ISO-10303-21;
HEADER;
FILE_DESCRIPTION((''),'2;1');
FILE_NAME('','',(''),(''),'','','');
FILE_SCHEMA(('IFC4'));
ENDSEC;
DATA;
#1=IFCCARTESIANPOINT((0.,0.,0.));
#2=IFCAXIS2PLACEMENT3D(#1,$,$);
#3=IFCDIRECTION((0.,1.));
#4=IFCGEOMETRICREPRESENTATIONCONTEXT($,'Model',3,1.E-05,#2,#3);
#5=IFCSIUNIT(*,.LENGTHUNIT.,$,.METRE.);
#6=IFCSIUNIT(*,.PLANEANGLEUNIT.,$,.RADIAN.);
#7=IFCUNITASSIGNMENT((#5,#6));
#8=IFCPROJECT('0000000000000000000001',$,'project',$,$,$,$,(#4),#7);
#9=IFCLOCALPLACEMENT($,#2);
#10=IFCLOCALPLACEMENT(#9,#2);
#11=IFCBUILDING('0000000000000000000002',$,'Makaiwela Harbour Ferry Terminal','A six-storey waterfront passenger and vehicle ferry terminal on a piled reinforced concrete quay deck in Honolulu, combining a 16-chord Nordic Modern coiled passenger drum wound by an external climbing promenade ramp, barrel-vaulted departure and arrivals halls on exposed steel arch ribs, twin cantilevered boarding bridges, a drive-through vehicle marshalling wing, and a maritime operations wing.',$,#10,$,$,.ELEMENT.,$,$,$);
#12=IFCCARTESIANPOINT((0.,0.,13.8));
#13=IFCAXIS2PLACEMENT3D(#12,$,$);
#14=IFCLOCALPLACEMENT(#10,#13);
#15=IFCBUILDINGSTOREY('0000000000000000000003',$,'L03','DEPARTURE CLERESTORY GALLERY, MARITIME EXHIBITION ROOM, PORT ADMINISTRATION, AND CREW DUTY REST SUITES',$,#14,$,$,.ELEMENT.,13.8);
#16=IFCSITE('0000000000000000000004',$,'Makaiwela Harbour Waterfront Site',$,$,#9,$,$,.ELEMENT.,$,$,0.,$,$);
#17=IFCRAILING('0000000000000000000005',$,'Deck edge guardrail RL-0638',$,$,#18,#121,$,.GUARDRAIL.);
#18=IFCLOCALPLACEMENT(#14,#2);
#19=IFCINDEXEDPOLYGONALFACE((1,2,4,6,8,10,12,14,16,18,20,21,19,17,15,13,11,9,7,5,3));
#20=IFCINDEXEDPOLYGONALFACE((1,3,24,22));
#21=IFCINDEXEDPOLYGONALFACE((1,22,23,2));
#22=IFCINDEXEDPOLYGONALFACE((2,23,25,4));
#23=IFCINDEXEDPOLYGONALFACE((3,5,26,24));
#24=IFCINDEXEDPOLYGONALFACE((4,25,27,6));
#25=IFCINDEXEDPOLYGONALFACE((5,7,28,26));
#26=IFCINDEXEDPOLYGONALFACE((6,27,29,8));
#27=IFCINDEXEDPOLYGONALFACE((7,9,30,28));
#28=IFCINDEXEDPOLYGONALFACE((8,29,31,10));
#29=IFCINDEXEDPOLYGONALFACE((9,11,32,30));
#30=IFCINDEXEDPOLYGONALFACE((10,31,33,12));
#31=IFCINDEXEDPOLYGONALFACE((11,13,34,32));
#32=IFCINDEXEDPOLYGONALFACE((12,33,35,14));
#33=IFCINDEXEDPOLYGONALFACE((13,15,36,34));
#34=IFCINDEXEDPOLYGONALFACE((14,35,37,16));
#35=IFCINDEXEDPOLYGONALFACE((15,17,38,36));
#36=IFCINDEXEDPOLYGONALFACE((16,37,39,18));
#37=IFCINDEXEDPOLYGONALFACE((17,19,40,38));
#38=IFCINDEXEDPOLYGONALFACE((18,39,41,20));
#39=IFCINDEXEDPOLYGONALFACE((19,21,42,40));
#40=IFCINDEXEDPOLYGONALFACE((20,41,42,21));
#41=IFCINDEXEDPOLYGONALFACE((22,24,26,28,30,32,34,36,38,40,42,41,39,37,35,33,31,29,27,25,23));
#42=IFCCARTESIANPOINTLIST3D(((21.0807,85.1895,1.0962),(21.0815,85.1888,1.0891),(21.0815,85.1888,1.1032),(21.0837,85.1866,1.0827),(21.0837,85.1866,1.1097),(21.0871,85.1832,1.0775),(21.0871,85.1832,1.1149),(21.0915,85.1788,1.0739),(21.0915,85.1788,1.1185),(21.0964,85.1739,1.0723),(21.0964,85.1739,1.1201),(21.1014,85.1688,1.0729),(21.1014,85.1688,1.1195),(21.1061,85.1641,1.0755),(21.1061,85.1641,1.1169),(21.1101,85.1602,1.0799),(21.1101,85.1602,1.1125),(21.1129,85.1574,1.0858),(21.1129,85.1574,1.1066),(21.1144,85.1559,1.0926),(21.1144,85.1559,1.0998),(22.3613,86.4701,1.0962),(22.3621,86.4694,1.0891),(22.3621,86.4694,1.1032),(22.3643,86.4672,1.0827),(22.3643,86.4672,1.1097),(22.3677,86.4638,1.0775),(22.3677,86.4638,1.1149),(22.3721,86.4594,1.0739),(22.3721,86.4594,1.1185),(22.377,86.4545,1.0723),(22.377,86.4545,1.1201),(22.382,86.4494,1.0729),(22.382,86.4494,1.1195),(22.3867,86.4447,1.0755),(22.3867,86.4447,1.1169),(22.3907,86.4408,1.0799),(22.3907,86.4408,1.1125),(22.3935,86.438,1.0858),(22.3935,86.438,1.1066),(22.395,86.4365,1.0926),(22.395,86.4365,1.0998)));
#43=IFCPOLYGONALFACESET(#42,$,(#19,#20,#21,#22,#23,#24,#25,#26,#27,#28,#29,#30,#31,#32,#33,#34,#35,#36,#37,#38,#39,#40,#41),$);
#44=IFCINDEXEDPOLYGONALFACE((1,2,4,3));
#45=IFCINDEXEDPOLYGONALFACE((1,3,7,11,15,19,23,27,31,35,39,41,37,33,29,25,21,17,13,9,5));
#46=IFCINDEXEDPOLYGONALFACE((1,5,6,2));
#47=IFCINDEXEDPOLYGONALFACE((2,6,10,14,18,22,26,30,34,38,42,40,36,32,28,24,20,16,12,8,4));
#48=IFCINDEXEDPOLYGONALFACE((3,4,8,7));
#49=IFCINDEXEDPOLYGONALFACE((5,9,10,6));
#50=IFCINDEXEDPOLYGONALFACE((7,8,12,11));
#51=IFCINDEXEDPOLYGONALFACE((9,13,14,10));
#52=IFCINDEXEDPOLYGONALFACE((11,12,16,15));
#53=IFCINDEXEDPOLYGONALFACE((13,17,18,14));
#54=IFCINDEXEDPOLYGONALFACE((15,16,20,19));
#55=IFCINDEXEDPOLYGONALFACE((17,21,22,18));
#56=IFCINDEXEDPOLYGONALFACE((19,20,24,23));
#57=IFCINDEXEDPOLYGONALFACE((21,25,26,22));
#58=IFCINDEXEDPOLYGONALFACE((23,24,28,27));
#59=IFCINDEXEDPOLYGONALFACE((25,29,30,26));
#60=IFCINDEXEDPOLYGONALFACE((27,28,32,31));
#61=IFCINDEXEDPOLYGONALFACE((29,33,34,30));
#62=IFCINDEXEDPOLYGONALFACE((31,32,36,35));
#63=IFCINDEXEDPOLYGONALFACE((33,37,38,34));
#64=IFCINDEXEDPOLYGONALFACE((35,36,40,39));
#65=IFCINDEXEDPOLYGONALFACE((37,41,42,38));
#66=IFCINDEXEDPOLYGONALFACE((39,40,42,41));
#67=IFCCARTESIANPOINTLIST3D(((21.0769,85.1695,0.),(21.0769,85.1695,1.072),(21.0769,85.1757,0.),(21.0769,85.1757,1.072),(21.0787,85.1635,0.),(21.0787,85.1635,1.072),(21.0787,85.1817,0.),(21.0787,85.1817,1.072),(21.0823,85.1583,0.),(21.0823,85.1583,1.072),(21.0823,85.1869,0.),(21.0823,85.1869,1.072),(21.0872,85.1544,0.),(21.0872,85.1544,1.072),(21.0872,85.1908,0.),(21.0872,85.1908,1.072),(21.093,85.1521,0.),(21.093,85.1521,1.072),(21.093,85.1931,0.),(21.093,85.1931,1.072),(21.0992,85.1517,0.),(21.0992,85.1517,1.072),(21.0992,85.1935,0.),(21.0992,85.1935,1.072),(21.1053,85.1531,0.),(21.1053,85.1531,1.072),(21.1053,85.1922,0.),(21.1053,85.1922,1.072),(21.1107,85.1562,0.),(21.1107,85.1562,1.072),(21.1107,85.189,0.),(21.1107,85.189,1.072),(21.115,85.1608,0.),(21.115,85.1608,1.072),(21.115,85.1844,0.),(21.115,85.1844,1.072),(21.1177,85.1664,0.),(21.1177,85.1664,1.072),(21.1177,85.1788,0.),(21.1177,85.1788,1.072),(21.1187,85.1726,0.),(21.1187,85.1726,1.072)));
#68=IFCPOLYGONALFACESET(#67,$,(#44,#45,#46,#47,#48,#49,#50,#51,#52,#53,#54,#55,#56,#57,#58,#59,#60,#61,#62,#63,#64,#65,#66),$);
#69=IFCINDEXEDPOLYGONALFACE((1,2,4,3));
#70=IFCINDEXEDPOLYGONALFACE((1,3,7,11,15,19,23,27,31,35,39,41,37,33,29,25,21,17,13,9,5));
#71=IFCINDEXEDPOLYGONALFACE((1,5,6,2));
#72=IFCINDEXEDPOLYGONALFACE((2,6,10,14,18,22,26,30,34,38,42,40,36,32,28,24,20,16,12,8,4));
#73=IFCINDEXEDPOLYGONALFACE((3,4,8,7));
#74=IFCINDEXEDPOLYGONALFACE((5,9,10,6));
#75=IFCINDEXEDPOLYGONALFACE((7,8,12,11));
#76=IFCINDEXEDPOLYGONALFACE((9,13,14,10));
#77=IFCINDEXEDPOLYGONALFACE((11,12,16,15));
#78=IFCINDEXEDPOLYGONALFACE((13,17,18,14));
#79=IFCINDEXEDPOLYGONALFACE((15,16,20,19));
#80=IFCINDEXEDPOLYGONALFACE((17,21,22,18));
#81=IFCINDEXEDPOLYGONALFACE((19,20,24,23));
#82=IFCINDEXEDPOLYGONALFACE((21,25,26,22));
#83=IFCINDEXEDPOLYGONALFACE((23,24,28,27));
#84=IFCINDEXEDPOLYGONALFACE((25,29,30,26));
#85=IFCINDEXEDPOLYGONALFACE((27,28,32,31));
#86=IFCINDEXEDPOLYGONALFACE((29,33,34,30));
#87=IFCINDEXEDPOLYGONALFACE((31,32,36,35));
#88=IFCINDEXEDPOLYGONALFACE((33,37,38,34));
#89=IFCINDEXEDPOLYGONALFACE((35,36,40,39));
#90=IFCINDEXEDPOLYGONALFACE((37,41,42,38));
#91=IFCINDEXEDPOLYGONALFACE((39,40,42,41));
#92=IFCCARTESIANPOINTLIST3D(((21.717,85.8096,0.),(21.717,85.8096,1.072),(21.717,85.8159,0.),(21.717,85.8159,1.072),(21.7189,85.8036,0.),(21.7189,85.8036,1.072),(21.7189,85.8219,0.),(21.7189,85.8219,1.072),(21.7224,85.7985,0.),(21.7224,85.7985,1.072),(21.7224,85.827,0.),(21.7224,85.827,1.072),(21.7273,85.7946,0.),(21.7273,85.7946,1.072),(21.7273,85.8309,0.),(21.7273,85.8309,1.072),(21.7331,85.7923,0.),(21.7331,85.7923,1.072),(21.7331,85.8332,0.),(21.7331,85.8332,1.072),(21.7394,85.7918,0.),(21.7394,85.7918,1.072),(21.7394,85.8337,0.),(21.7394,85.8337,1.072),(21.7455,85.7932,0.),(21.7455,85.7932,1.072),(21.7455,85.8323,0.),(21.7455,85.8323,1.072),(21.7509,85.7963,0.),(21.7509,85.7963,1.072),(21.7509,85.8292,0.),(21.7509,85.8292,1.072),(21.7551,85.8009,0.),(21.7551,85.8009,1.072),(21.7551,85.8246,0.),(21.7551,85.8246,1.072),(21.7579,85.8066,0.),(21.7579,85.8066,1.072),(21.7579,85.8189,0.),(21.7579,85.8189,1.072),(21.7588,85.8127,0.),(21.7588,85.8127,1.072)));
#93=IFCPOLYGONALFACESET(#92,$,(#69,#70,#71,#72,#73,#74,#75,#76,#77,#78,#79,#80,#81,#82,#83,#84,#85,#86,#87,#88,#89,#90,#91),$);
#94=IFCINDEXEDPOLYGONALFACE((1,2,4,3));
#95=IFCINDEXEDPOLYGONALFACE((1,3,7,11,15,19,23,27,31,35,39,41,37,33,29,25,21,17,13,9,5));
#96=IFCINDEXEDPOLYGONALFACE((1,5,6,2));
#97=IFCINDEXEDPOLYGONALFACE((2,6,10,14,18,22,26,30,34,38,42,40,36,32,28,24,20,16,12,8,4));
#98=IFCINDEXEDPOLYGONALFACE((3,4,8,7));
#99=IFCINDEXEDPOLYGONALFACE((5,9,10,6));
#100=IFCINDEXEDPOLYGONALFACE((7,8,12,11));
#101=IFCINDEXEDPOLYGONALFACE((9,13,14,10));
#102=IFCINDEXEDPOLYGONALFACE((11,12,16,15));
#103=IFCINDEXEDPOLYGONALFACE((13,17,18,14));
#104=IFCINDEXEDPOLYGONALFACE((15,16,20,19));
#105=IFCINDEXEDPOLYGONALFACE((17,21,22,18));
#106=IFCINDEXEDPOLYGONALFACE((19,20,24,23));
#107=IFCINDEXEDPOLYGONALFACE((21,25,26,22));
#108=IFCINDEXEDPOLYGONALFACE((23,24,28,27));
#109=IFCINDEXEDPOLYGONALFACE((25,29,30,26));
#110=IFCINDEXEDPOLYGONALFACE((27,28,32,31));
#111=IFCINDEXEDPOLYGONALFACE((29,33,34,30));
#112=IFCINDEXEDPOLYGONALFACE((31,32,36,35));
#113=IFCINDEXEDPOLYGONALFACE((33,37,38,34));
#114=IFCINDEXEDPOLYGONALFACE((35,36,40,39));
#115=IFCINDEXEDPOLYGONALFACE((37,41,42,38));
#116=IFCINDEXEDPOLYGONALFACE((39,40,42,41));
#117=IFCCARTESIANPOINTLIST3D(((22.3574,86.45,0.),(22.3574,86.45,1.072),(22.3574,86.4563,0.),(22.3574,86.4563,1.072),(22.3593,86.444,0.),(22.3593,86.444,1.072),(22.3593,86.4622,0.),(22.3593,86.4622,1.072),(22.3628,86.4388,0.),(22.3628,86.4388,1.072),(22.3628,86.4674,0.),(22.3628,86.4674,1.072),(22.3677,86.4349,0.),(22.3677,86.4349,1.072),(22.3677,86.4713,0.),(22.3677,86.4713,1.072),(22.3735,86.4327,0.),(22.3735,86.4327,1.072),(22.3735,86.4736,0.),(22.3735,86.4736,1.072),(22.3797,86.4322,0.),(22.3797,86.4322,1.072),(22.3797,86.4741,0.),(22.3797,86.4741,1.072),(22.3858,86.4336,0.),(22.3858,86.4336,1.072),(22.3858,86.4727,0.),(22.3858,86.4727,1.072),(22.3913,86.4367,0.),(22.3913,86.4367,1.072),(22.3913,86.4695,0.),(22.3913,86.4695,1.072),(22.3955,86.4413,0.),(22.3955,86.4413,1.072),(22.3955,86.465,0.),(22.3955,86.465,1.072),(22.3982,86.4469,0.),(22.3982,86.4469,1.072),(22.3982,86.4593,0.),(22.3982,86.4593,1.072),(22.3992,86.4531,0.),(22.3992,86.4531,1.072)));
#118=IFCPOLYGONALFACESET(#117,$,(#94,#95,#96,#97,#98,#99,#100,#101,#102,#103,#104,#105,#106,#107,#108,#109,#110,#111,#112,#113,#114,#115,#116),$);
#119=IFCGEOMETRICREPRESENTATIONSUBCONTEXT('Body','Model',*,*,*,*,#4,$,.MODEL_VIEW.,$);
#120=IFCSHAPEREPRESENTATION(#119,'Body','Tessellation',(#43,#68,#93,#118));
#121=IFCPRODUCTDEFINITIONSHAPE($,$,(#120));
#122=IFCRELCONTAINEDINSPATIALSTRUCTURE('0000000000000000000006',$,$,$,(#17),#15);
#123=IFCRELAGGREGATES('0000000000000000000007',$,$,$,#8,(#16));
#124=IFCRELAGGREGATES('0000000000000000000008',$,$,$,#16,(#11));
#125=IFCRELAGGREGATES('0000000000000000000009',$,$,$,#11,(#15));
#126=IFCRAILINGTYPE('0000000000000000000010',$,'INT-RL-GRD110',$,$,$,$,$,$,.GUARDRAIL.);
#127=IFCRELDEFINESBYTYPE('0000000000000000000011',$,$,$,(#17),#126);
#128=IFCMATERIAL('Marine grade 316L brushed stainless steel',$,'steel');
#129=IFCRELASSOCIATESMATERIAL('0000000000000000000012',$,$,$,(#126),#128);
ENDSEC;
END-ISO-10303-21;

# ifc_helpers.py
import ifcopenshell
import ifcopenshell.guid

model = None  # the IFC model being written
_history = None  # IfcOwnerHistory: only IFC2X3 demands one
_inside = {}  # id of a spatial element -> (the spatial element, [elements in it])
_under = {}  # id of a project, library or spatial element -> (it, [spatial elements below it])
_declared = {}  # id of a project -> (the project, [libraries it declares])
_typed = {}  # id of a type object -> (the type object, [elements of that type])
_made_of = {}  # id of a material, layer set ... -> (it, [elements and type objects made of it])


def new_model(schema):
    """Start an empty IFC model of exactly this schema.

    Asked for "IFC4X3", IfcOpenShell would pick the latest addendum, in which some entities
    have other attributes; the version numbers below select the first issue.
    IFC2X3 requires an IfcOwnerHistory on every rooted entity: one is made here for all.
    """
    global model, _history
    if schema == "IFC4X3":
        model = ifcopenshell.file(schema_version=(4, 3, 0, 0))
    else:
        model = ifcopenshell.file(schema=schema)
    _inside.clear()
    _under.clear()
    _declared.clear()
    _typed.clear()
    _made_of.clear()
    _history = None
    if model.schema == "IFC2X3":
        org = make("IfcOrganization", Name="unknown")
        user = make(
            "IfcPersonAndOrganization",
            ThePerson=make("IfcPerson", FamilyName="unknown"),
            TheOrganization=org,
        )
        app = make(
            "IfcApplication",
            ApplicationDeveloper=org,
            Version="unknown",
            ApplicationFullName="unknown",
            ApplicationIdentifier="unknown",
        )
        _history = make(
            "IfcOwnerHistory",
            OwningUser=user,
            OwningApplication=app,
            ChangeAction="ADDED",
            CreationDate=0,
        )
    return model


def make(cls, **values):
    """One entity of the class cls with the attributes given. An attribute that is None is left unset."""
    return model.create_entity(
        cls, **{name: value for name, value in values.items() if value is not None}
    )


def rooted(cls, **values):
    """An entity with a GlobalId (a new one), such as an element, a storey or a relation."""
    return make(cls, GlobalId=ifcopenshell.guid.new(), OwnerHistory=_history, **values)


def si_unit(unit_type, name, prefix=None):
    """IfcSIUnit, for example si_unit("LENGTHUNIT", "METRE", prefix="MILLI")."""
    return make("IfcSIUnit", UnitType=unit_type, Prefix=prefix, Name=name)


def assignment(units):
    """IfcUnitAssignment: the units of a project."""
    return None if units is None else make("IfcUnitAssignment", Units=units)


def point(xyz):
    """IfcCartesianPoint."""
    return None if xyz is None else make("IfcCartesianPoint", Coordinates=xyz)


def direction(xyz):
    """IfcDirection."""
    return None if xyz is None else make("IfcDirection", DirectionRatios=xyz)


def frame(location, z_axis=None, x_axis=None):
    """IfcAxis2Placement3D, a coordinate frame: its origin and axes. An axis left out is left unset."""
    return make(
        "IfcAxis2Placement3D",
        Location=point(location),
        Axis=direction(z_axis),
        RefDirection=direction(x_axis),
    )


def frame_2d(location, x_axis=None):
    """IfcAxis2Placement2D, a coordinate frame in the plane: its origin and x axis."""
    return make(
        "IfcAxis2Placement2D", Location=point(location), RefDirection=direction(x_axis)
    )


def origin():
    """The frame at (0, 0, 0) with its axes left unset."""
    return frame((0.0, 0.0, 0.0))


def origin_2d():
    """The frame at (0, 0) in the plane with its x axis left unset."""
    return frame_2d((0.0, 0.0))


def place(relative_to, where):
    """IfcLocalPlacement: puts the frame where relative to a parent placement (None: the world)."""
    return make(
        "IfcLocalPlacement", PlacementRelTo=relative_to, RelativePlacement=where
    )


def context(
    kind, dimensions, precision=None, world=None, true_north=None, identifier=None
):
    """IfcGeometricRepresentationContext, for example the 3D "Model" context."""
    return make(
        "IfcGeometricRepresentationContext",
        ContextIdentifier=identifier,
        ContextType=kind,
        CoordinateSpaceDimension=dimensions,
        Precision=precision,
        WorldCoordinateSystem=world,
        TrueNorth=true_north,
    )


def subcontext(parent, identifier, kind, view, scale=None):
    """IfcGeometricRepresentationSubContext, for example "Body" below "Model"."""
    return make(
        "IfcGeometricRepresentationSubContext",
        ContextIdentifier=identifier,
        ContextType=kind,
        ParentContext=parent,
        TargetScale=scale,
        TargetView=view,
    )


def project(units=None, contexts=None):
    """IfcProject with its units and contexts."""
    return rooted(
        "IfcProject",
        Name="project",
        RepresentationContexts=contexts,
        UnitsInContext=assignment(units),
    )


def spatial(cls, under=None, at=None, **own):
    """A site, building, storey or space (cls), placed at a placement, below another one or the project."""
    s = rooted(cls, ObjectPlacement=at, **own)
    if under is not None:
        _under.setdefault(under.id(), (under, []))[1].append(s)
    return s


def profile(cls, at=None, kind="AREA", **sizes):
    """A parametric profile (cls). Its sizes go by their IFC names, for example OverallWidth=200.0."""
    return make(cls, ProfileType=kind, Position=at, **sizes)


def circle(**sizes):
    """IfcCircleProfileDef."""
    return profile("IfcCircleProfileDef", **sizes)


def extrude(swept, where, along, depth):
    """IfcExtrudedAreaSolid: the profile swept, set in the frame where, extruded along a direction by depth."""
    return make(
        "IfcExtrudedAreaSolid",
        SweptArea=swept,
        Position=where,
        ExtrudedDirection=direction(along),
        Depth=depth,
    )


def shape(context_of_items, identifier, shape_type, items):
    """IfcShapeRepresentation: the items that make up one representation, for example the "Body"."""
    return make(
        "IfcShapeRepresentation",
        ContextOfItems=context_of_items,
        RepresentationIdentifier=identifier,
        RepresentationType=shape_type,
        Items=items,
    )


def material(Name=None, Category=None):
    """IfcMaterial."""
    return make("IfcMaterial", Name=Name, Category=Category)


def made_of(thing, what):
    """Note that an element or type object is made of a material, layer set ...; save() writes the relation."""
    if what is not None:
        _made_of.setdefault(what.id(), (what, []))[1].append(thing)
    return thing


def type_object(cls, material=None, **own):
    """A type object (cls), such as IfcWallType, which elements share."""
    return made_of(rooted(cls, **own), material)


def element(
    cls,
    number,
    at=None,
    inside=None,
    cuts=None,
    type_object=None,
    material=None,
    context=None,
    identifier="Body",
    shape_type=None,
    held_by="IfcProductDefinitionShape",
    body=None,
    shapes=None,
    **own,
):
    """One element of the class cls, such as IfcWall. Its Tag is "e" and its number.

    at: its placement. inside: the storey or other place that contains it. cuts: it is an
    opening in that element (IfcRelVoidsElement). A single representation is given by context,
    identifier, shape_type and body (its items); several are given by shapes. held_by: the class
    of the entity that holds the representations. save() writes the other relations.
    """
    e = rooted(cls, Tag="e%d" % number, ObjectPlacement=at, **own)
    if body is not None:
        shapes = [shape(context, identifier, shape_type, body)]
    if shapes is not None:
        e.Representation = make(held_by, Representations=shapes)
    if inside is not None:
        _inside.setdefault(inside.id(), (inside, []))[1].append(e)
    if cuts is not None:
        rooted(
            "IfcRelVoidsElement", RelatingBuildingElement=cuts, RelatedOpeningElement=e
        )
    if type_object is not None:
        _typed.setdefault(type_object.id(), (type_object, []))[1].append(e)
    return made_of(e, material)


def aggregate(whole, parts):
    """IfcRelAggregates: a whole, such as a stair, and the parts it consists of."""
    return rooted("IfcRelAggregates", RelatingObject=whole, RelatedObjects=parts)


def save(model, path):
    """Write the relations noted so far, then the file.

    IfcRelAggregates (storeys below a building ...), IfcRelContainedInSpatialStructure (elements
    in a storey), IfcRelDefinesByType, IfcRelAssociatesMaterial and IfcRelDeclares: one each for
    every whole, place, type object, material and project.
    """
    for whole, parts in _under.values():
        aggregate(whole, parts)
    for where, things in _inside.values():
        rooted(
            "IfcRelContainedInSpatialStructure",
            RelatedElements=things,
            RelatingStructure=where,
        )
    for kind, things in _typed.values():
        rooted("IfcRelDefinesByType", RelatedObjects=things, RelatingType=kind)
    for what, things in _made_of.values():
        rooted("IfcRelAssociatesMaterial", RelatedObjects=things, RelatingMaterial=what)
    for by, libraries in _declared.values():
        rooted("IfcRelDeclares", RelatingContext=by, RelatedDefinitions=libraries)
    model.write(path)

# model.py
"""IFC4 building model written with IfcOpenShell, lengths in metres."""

from ifc_helpers import new_model, si_unit, direction, frame, origin, origin_2d, place, context, subcontext, project, spatial, circle, extrude, material, type_object, element, save


model = new_model("IFC4")

# Units and contexts
model_context = context("Model", 3, precision=1e-05, world=origin(), true_north=direction((0.0, 1.0)))
body_context = subcontext(model_context, "Body", "Model", "MODEL_VIEW")
ifc_project = project(units=[si_unit("LENGTHUNIT", "METRE"), si_unit("PLANEANGLEUNIT", "RADIAN")], contexts=[model_context])

# Site, building, storey
site_placement = place(None, origin())
site = spatial("IfcSite", under=ifc_project, at=site_placement, Name="Makaiwela Harbour Waterfront Site", CompositionType="ELEMENT", RefElevation=0.0)
building_placement = place(site_placement, origin())
building = spatial("IfcBuilding", under=site, at=building_placement, Name="Makaiwela Harbour Ferry Terminal", Description="A six-storey waterfront passenger and vehicle ferry terminal on a piled reinforced concrete quay deck in Honolulu, combining a 16-chord Nordic Modern coiled passenger drum wound by an external climbing promenade ramp, barrel-vaulted departure and arrivals halls on exposed steel arch ribs, twin cantilevered boarding bridges, a drive-through vehicle marshalling wing, and a maritime operations wing.", CompositionType="ELEMENT")
storey_placement = place(building_placement, frame((0.0, 0.0, 13.8)))
storey = spatial("IfcBuildingStorey", under=building, at=storey_placement, Name="L03", Description="DEPARTURE CLERESTORY GALLERY, MARITIME EXHIBITION ROOM, PORT ADMINISTRATION, AND CREW DUTY REST SUITES", CompositionType="ELEMENT", Elevation=13.8)

# Railing
ifc_material_1 = material(Name="Marine grade 316L brushed stainless steel", Category="steel")
railing_type = type_object("IfcRailingType", Name="INT-RL-GRD110", PredefinedType="GUARDRAIL", material=ifc_material_1)
railing_1_placement = place(storey_placement, frame((21.0977, 85.1726, 0.0)))
element("IfcRailing", 1, at=railing_1_placement, inside=storey, type_object=railing_type, Name="Deck edge guardrail RL-0638", PredefinedType="GUARDRAIL", context=body_context, shape_type="SweptSolid", body=[
    extrude(circle(Radius=0.0239, at=origin_2d()), frame((0.0, 0.0, 1.0962), z_axis=(0.707107, 0.707107, 0.0), x_axis=(-0.707107, 0.707107, 0.0)), (0.0, 0.0, 1.0), 1.811),
    extrude(circle(Radius=0.021, at=origin_2d()), origin(), (0.0, 0.0, 1.0), 1.072),
    extrude(circle(Radius=0.021, at=origin_2d()), frame((0.6401, 0.6401, 0.0)), (0.0, 0.0, 1.0), 1.072),
    extrude(circle(Radius=0.021, at=origin_2d()), frame((1.2805, 1.2805, 0.0)), (0.0, 0.0, 1.0), 1.072),
])

save(model, "model.ifc")
